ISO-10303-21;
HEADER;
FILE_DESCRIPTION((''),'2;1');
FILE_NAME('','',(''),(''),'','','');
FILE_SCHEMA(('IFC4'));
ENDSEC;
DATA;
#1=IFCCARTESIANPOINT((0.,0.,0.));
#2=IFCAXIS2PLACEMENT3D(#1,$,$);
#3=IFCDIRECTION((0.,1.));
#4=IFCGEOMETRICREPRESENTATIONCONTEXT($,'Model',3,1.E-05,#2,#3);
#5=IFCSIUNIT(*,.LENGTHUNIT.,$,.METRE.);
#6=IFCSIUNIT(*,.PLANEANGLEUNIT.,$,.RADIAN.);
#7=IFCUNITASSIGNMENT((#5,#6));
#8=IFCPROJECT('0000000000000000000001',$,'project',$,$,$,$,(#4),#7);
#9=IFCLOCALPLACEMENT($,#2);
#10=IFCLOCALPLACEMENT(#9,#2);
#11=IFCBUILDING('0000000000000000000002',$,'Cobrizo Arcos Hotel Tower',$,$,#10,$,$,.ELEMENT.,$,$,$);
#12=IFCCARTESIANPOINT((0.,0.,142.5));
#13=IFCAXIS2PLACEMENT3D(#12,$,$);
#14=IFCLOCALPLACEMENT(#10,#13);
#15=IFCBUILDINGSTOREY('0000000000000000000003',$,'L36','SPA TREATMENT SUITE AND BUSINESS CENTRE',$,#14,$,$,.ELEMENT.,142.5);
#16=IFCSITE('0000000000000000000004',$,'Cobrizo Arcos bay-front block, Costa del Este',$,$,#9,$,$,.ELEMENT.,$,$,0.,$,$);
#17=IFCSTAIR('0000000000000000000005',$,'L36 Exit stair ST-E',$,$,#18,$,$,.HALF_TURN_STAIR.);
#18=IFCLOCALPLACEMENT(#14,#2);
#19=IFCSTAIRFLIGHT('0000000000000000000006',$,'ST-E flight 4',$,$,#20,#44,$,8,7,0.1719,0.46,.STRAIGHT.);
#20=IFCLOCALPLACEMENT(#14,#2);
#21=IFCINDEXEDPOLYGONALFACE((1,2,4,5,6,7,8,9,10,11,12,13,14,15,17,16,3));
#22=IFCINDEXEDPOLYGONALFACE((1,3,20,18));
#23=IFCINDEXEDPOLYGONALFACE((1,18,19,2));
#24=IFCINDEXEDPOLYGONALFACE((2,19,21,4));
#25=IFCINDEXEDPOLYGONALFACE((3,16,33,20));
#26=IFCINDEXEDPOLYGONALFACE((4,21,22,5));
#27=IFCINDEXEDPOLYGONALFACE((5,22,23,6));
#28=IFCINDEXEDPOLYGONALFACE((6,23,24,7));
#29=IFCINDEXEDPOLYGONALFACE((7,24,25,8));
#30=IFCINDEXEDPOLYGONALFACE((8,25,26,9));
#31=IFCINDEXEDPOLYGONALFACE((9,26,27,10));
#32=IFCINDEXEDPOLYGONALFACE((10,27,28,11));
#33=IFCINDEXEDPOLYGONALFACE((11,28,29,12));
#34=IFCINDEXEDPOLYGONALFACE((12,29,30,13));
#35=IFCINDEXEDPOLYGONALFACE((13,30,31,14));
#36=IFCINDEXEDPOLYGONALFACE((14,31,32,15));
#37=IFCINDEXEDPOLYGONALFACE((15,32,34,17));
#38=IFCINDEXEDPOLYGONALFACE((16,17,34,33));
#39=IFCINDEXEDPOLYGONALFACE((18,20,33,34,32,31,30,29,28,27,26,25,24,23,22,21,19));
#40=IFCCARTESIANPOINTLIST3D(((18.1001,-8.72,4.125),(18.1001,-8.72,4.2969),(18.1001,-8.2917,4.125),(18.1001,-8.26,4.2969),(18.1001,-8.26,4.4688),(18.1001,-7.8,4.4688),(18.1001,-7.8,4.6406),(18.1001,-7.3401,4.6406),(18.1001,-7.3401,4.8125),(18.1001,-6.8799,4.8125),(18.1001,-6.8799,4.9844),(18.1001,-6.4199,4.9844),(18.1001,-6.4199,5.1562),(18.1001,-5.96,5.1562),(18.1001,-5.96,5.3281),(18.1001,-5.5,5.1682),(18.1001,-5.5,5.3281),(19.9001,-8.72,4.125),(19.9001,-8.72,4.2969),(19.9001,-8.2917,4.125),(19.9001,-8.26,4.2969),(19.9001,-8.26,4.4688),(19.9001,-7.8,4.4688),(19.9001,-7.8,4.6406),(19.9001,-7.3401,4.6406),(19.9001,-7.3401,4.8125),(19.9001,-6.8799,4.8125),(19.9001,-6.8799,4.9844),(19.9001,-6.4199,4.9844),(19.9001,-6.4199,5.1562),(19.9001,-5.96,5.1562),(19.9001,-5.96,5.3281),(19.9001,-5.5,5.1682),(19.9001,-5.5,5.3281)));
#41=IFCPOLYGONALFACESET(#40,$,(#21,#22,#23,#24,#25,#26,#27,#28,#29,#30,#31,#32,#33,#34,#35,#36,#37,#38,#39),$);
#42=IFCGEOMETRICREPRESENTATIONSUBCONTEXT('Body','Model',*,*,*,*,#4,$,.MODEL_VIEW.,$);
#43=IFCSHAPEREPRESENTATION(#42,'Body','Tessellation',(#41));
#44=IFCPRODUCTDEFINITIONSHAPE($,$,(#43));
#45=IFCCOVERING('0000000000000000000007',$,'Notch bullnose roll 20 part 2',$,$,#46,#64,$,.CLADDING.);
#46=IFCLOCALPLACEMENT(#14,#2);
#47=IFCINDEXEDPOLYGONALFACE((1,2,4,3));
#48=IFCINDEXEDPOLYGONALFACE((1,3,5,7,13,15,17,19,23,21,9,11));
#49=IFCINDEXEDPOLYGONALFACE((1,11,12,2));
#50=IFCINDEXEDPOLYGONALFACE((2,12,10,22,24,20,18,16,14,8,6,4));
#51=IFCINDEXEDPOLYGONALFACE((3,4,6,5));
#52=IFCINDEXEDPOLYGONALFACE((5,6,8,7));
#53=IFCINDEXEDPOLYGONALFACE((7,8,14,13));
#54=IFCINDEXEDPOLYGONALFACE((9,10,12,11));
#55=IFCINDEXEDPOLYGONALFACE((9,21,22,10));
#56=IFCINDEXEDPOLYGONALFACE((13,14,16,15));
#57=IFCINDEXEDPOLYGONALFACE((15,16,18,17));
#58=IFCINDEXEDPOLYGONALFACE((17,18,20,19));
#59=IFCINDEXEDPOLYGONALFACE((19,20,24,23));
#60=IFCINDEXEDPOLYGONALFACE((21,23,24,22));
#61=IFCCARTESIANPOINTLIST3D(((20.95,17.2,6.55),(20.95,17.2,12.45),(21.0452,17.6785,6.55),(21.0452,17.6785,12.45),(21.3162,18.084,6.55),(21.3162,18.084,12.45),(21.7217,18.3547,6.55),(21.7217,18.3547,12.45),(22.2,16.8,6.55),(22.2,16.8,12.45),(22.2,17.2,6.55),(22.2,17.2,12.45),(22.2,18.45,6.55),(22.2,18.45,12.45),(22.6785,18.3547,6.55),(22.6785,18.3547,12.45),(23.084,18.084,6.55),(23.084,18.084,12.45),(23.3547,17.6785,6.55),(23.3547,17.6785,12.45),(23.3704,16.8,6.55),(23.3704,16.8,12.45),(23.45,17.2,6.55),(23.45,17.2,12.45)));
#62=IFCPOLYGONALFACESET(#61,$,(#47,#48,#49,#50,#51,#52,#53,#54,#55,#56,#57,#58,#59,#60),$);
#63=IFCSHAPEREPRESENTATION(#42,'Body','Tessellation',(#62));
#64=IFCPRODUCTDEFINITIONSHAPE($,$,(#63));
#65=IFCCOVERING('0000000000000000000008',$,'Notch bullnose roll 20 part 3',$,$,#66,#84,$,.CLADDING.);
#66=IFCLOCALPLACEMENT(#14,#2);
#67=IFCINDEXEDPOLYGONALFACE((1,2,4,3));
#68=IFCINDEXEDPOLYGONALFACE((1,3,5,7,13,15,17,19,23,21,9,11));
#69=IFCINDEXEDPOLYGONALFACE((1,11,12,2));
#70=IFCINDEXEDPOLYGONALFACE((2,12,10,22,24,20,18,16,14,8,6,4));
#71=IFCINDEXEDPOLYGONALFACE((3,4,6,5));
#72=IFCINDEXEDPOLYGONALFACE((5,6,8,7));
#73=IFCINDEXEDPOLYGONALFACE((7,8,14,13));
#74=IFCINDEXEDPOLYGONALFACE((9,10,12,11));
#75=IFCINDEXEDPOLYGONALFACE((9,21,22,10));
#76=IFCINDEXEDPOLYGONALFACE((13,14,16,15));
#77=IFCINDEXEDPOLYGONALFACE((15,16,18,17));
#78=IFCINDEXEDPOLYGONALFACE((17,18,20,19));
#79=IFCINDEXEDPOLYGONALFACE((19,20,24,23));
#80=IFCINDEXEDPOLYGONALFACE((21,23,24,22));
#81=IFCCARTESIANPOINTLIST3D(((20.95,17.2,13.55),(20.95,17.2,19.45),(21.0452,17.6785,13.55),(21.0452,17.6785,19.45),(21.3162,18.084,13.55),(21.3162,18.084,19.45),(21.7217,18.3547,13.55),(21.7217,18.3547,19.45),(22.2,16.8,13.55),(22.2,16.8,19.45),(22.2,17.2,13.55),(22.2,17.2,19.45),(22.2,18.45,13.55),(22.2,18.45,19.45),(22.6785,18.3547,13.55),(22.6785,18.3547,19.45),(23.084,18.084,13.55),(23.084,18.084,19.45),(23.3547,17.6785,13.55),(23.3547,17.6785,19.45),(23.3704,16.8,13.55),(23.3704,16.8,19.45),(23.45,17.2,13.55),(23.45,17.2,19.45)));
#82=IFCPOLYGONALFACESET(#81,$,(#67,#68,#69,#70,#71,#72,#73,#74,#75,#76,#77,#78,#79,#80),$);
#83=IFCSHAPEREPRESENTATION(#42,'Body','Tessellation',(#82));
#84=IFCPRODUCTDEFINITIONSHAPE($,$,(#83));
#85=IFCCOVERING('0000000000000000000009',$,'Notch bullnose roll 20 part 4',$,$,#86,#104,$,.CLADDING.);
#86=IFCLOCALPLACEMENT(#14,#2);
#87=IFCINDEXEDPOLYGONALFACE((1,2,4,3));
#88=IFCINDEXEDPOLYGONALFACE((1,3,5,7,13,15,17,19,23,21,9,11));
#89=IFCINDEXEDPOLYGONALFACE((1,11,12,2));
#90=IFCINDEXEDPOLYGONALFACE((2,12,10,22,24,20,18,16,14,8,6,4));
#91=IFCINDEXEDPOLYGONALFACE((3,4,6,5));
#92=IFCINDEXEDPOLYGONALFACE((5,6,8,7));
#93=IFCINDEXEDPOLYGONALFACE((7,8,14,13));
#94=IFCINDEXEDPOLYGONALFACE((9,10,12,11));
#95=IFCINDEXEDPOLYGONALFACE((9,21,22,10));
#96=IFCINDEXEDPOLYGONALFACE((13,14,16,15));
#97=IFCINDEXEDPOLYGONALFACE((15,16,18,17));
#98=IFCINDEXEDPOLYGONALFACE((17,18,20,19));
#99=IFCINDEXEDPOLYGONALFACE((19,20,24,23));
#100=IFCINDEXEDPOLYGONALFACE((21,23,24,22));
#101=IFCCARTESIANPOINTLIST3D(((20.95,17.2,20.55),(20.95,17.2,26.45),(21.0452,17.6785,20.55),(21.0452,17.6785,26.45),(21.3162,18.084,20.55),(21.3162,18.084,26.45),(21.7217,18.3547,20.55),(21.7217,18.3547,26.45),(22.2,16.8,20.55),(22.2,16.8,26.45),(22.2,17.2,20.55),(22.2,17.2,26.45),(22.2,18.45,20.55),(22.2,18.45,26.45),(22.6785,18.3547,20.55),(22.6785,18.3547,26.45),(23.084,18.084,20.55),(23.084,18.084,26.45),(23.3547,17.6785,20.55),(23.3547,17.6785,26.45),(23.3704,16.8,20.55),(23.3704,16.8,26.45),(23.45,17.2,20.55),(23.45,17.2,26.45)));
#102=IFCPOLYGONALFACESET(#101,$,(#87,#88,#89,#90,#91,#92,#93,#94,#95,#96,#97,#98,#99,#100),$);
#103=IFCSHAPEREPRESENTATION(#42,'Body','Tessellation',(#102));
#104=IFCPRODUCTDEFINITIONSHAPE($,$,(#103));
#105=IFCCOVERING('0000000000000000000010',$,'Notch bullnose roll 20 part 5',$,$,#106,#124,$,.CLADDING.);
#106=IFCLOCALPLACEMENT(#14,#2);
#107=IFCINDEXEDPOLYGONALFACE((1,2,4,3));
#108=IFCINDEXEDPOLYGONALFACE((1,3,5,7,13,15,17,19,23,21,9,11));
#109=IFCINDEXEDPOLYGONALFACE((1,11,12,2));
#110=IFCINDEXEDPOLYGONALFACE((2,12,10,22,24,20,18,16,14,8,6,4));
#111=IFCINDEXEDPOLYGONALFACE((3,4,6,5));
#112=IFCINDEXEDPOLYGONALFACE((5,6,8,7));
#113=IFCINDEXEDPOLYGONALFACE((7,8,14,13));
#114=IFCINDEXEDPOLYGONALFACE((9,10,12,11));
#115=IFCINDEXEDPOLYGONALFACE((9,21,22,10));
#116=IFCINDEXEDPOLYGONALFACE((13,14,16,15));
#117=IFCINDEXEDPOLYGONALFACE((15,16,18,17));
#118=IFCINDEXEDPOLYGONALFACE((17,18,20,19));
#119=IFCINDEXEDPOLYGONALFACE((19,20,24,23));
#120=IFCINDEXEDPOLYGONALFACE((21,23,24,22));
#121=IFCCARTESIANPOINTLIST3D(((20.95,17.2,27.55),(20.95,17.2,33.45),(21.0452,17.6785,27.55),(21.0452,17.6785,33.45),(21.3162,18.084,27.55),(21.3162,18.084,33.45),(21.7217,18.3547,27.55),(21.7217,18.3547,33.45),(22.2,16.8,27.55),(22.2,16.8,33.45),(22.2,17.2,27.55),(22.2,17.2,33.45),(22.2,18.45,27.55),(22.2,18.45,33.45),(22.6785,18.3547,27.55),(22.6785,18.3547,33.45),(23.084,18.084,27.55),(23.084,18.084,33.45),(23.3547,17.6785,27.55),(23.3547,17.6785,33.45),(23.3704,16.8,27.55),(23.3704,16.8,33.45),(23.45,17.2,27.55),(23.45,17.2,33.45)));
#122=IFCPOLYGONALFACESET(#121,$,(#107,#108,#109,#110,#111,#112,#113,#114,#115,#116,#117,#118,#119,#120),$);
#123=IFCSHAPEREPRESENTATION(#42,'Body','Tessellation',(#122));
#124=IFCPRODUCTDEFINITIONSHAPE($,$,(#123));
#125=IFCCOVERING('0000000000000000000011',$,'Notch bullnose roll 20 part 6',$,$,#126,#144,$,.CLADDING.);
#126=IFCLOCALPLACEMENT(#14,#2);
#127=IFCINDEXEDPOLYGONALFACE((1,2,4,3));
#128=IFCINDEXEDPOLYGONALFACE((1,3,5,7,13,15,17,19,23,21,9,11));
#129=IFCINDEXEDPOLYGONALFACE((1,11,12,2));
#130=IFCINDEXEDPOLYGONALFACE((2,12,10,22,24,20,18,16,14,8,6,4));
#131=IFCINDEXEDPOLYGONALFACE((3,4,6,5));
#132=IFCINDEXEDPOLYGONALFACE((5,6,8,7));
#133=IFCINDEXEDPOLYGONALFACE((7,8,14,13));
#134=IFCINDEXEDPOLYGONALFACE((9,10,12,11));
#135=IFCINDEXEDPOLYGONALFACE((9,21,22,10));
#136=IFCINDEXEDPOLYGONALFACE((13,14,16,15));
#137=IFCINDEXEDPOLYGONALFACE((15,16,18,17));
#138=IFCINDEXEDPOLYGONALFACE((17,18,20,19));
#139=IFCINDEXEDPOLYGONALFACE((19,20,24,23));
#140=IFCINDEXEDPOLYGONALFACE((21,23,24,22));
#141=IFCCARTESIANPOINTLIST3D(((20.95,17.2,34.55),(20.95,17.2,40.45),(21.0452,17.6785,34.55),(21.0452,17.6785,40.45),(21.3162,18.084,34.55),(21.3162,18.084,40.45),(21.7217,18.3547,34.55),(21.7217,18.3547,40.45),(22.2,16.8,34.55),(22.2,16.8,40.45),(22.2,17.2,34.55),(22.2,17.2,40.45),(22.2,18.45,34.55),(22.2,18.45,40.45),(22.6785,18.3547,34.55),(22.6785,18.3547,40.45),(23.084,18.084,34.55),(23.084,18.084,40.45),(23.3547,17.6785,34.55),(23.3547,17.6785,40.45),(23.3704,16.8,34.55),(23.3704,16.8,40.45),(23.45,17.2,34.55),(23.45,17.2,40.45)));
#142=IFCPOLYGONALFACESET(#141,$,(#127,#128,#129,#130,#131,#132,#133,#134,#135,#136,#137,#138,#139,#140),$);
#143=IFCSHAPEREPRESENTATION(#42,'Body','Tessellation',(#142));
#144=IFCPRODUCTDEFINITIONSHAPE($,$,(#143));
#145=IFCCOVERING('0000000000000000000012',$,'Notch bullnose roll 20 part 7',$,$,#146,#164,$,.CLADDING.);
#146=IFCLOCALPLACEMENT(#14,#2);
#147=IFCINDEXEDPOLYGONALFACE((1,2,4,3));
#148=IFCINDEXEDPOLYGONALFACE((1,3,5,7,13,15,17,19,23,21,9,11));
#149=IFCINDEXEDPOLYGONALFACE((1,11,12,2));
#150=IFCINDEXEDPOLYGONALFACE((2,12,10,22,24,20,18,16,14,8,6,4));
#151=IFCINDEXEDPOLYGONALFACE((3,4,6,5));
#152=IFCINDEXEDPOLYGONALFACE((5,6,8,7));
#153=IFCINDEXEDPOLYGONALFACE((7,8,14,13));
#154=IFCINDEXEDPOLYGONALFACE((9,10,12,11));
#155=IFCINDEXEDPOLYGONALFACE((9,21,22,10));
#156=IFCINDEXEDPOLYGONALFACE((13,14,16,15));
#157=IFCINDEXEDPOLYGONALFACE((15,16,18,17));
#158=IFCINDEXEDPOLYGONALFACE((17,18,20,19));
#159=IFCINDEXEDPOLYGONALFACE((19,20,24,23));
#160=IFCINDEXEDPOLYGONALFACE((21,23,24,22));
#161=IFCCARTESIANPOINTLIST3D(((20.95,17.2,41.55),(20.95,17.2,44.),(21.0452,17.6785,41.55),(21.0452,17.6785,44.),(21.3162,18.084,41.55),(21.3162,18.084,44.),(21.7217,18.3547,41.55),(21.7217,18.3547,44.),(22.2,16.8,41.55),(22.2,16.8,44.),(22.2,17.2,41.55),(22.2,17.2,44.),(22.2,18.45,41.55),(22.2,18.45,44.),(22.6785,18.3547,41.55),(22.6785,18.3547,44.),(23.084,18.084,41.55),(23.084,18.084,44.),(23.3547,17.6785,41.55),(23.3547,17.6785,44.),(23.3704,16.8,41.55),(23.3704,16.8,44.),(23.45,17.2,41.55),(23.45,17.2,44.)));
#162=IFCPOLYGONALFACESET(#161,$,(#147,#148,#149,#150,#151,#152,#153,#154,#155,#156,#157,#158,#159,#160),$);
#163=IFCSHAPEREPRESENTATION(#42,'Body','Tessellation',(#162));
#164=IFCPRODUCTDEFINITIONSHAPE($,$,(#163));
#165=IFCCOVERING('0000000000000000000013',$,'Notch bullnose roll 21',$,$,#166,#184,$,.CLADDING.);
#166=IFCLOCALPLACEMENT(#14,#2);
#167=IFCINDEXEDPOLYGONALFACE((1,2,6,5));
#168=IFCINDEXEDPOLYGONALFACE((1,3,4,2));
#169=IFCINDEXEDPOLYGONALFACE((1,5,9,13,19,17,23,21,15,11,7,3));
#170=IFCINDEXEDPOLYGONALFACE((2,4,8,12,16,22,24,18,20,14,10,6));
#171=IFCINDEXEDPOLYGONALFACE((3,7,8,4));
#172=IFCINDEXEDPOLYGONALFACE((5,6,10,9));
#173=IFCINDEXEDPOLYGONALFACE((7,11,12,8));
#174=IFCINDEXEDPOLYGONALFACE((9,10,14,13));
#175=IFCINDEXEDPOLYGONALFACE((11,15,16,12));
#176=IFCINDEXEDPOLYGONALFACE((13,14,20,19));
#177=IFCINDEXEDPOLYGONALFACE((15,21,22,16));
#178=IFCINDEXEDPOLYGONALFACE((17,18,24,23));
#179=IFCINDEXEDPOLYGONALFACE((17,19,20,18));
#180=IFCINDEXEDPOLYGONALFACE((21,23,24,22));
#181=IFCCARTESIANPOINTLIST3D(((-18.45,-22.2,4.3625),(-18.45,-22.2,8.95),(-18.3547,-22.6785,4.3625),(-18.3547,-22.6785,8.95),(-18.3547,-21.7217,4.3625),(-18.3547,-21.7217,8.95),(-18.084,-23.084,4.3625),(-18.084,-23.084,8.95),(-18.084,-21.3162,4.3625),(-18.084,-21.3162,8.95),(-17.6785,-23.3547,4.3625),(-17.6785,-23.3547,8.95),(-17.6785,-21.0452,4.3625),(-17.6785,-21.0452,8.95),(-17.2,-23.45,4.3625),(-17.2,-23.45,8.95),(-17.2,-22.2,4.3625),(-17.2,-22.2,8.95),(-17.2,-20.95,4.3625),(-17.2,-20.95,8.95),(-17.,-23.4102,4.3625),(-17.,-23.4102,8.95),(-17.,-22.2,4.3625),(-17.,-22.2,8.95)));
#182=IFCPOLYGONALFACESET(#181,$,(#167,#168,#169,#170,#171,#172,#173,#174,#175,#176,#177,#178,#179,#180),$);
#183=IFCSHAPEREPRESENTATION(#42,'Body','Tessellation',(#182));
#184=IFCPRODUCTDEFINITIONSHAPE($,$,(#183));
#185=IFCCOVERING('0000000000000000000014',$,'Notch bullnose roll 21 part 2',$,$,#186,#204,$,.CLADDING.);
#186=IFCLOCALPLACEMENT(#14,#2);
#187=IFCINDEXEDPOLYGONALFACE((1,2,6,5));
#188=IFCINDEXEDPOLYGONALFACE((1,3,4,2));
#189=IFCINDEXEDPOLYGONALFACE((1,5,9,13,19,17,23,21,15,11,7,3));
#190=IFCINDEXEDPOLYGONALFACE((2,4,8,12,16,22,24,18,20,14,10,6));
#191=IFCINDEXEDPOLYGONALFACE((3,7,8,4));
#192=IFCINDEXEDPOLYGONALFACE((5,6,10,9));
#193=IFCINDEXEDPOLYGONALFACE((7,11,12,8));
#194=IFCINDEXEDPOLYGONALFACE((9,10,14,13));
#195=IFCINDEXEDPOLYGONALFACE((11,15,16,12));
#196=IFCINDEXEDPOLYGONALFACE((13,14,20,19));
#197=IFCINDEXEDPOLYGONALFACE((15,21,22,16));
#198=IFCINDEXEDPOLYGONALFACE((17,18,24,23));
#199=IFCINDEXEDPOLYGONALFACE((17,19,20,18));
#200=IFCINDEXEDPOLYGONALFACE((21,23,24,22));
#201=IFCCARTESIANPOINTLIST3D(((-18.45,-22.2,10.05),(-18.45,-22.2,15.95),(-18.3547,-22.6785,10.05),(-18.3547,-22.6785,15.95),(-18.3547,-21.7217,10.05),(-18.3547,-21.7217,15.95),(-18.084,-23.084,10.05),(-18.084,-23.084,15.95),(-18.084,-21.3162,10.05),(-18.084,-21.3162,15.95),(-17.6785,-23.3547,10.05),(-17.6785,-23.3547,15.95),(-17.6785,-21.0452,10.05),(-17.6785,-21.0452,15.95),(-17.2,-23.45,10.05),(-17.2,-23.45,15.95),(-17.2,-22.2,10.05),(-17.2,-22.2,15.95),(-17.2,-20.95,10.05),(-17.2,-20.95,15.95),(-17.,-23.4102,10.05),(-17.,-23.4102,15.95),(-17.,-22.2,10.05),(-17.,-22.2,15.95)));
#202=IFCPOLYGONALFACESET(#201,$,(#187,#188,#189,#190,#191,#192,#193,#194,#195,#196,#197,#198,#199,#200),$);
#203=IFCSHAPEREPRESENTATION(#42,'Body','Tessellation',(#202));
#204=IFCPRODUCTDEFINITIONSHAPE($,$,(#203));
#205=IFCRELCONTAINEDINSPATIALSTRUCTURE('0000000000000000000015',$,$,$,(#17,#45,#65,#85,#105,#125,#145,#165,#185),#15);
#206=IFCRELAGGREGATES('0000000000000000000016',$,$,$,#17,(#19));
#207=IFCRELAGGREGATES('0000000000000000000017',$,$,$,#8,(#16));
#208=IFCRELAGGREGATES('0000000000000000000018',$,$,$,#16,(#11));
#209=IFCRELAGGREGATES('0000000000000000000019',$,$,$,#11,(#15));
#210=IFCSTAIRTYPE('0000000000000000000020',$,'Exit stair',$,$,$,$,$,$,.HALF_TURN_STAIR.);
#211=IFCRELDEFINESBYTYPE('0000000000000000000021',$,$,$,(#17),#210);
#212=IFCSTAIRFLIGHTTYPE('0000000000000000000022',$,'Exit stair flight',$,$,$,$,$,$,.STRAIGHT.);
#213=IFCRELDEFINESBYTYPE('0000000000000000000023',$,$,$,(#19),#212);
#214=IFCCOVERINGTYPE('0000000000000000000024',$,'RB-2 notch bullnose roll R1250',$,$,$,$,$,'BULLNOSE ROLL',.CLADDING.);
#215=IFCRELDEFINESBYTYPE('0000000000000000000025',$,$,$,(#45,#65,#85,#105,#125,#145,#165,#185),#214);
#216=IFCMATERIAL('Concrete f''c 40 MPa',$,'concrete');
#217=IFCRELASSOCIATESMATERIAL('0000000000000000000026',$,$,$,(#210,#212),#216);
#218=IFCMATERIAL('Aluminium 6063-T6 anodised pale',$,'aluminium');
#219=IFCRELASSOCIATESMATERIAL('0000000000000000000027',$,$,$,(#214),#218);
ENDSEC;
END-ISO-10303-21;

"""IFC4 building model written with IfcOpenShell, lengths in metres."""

from ifc_helpers import new_model, si_unit, direction, frame, origin, place, context, subcontext, project, spatial, polyline, outline, extrude, material, type_object, element, aggregate, save


model = new_model("IFC4")

# Units and contexts
model_context = context("Model", 3, precision=1e-05, world=origin(), true_north=direction((0.0, 1.0)))
body_context = subcontext(model_context, "Body", "Model", "MODEL_VIEW")
ifc_project = project(units=[si_unit("LENGTHUNIT", "METRE"), si_unit("PLANEANGLEUNIT", "RADIAN")], contexts=[model_context])

# Site, building, storey
site_placement = place(None, origin())
site = spatial("IfcSite", under=ifc_project, at=site_placement, Name="Cobrizo Arcos bay-front block, Costa del Este", CompositionType="ELEMENT", RefElevation=0.0)
building_placement = place(site_placement, origin())
building = spatial("IfcBuilding", under=site, at=building_placement, Name="Cobrizo Arcos Hotel Tower", CompositionType="ELEMENT")
storey_placement = place(building_placement, frame((0.0, 0.0, 142.5)))
storey = spatial("IfcBuildingStorey", under=building, at=storey_placement, Name="L36", Description="SPA TREATMENT SUITE AND BUSINESS CENTRE", CompositionType="ELEMENT", Elevation=142.5)

# Stair, stair flight
ifc_material_1 = material(Name="Concrete f'c 40 MPa", Category="concrete")
stair_type = type_object("IfcStairType", Name="Exit stair", PredefinedType="HALF_TURN_STAIR", material=ifc_material_1)
stair_placement = place(storey_placement, origin())
stair = element("IfcStair", 1, at=stair_placement, inside=storey, type_object=stair_type, Name="L36 Exit stair ST-E", PredefinedType="HALF_TURN_STAIR")
stair_flight_type = type_object("IfcStairFlightType", Name="Exit stair flight", PredefinedType="STRAIGHT", material=ifc_material_1)
stair_flight_placement = place(storey_placement, frame((19.0, -8.72, 4.125), z_axis=(0.0, 0.0, 1.0), x_axis=(0.0, 1.0, 0.0)))
stair_flight = element("IfcStairFlight", 2, at=stair_flight_placement, type_object=stair_flight_type, Name="ST-E flight 4", NumberOfRisers=8, NumberOfTreads=7, PredefinedType="STRAIGHT", RiserHeight=0.1719, TreadLength=0.46, context=body_context, shape_type="SweptSolid", body=[
    extrude(outline(polyline([(0.0, 0.0), (0.0, 0.1719), (0.46, 0.1719), (0.46, 0.3438), (0.9199, 0.3438), (0.9199, 0.5156), (1.3799, 0.5156), (1.3799, 0.6875), (1.8401, 0.6875), (1.8401, 0.8594), (2.3, 0.8594), (2.3, 1.0312), (2.76, 1.0312), (2.76, 1.2031), (3.22, 1.2031), (3.22, 1.375), (3.22, 1.0432), (0.4282, 0.0), (0.0, 0.0)])), frame((0.0, 0.8999, 0.0), z_axis=(0.0, -1.0, 0.0), x_axis=(1.0, 0.0, 0.0)), (0.0, 0.0, 1.0), 1.8),
])
aggregate(stair, [stair_flight])

# Coverings
ifc_material_2 = material(Name="Aluminium 6063-T6 anodised pale", Category="aluminium")
covering_type = type_object("IfcCoveringType", Name="RB-2 notch bullnose roll R1250", ElementType="BULLNOSE ROLL", PredefinedType="CLADDING", material=ifc_material_2)
for number, where, name in (
    (3, (0.0, 0.0, 6.55), "Notch bullnose roll 20 part 2"),
    (4, (0.0, 0.0, 13.55), "Notch bullnose roll 20 part 3"),
    (5, (0.0, 0.0, 20.55), "Notch bullnose roll 20 part 4"),
    (6, (0.0, 0.0, 27.55), "Notch bullnose roll 20 part 5"),
    (7, (0.0, 0.0, 34.55), "Notch bullnose roll 20 part 6"),
):
    element("IfcCovering", number, at=place(storey_placement, frame(where)), inside=storey, type_object=covering_type, Name=name, PredefinedType="CLADDING", context=body_context, shape_type="SweptSolid", body=[
        extrude(outline(polyline([(21.3162, 18.084), (21.0452, 17.6785), (20.95, 17.2), (22.2, 17.2), (22.2, 16.8), (23.3704, 16.8), (23.45, 17.2), (23.3547, 17.6785), (23.084, 18.084), (22.6785, 18.3547), (22.2, 18.45), (21.7217, 18.3547), (21.3162, 18.084)])), origin(), (0.0, 0.0, 1.0), 5.8999),
    ])
covering_1_placement = place(storey_placement, frame((0.0, 0.0, 41.55)))
element("IfcCovering", 8, at=covering_1_placement, inside=storey, type_object=covering_type, Name="Notch bullnose roll 20 part 7", PredefinedType="CLADDING", context=body_context, shape_type="SweptSolid", body=[
    extrude(outline(polyline([(21.3162, 18.084), (21.0452, 17.6785), (20.95, 17.2), (22.2, 17.2), (22.2, 16.8), (23.3704, 16.8), (23.45, 17.2), (23.3547, 17.6785), (23.084, 18.084), (22.6785, 18.3547), (22.2, 18.45), (21.7217, 18.3547), (21.3162, 18.084)])), origin(), (0.0, 0.0, 1.0), 2.45),
])
covering_2_placement = place(storey_placement, frame((0.0, 0.0, 4.3625)))
element("IfcCovering", 9, at=covering_2_placement, inside=storey, type_object=covering_type, Name="Notch bullnose roll 21", PredefinedType="CLADDING", context=body_context, shape_type="SweptSolid", body=[
    extrude(outline(polyline([(-18.084, -21.3162), (-18.3547, -21.7217), (-18.45, -22.2), (-18.3547, -22.6785), (-18.084, -23.084), (-17.6785, -23.3547), (-17.2, -23.45), (-17.0, -23.4102), (-17.0, -22.2), (-17.2, -22.2), (-17.2, -20.95), (-17.6785, -21.0452), (-18.084, -21.3162)])), origin(), (0.0, 0.0, 1.0), 4.5874),
])
for number, where, name in (
    (10, (0.0, 0.0, 10.05), "Notch bullnose roll 21 part 2"),
):
    element("IfcCovering", number, at=place(storey_placement, frame(where)), inside=storey, type_object=covering_type, Name=name, PredefinedType="CLADDING", context=body_context, shape_type="SweptSolid", body=[
        extrude(outline(polyline([(-18.084, -21.3162), (-18.3547, -21.7217), (-18.45, -22.2), (-18.3547, -22.6785), (-18.084, -23.084), (-17.6785, -23.3547), (-17.2, -23.45), (-17.0, -23.4102), (-17.0, -22.2), (-17.2, -22.2), (-17.2, -20.95), (-17.6785, -21.0452), (-18.084, -21.3162)])), origin(), (0.0, 0.0, 1.0), 5.8999),
    ])

save(model, "model.ifc")
